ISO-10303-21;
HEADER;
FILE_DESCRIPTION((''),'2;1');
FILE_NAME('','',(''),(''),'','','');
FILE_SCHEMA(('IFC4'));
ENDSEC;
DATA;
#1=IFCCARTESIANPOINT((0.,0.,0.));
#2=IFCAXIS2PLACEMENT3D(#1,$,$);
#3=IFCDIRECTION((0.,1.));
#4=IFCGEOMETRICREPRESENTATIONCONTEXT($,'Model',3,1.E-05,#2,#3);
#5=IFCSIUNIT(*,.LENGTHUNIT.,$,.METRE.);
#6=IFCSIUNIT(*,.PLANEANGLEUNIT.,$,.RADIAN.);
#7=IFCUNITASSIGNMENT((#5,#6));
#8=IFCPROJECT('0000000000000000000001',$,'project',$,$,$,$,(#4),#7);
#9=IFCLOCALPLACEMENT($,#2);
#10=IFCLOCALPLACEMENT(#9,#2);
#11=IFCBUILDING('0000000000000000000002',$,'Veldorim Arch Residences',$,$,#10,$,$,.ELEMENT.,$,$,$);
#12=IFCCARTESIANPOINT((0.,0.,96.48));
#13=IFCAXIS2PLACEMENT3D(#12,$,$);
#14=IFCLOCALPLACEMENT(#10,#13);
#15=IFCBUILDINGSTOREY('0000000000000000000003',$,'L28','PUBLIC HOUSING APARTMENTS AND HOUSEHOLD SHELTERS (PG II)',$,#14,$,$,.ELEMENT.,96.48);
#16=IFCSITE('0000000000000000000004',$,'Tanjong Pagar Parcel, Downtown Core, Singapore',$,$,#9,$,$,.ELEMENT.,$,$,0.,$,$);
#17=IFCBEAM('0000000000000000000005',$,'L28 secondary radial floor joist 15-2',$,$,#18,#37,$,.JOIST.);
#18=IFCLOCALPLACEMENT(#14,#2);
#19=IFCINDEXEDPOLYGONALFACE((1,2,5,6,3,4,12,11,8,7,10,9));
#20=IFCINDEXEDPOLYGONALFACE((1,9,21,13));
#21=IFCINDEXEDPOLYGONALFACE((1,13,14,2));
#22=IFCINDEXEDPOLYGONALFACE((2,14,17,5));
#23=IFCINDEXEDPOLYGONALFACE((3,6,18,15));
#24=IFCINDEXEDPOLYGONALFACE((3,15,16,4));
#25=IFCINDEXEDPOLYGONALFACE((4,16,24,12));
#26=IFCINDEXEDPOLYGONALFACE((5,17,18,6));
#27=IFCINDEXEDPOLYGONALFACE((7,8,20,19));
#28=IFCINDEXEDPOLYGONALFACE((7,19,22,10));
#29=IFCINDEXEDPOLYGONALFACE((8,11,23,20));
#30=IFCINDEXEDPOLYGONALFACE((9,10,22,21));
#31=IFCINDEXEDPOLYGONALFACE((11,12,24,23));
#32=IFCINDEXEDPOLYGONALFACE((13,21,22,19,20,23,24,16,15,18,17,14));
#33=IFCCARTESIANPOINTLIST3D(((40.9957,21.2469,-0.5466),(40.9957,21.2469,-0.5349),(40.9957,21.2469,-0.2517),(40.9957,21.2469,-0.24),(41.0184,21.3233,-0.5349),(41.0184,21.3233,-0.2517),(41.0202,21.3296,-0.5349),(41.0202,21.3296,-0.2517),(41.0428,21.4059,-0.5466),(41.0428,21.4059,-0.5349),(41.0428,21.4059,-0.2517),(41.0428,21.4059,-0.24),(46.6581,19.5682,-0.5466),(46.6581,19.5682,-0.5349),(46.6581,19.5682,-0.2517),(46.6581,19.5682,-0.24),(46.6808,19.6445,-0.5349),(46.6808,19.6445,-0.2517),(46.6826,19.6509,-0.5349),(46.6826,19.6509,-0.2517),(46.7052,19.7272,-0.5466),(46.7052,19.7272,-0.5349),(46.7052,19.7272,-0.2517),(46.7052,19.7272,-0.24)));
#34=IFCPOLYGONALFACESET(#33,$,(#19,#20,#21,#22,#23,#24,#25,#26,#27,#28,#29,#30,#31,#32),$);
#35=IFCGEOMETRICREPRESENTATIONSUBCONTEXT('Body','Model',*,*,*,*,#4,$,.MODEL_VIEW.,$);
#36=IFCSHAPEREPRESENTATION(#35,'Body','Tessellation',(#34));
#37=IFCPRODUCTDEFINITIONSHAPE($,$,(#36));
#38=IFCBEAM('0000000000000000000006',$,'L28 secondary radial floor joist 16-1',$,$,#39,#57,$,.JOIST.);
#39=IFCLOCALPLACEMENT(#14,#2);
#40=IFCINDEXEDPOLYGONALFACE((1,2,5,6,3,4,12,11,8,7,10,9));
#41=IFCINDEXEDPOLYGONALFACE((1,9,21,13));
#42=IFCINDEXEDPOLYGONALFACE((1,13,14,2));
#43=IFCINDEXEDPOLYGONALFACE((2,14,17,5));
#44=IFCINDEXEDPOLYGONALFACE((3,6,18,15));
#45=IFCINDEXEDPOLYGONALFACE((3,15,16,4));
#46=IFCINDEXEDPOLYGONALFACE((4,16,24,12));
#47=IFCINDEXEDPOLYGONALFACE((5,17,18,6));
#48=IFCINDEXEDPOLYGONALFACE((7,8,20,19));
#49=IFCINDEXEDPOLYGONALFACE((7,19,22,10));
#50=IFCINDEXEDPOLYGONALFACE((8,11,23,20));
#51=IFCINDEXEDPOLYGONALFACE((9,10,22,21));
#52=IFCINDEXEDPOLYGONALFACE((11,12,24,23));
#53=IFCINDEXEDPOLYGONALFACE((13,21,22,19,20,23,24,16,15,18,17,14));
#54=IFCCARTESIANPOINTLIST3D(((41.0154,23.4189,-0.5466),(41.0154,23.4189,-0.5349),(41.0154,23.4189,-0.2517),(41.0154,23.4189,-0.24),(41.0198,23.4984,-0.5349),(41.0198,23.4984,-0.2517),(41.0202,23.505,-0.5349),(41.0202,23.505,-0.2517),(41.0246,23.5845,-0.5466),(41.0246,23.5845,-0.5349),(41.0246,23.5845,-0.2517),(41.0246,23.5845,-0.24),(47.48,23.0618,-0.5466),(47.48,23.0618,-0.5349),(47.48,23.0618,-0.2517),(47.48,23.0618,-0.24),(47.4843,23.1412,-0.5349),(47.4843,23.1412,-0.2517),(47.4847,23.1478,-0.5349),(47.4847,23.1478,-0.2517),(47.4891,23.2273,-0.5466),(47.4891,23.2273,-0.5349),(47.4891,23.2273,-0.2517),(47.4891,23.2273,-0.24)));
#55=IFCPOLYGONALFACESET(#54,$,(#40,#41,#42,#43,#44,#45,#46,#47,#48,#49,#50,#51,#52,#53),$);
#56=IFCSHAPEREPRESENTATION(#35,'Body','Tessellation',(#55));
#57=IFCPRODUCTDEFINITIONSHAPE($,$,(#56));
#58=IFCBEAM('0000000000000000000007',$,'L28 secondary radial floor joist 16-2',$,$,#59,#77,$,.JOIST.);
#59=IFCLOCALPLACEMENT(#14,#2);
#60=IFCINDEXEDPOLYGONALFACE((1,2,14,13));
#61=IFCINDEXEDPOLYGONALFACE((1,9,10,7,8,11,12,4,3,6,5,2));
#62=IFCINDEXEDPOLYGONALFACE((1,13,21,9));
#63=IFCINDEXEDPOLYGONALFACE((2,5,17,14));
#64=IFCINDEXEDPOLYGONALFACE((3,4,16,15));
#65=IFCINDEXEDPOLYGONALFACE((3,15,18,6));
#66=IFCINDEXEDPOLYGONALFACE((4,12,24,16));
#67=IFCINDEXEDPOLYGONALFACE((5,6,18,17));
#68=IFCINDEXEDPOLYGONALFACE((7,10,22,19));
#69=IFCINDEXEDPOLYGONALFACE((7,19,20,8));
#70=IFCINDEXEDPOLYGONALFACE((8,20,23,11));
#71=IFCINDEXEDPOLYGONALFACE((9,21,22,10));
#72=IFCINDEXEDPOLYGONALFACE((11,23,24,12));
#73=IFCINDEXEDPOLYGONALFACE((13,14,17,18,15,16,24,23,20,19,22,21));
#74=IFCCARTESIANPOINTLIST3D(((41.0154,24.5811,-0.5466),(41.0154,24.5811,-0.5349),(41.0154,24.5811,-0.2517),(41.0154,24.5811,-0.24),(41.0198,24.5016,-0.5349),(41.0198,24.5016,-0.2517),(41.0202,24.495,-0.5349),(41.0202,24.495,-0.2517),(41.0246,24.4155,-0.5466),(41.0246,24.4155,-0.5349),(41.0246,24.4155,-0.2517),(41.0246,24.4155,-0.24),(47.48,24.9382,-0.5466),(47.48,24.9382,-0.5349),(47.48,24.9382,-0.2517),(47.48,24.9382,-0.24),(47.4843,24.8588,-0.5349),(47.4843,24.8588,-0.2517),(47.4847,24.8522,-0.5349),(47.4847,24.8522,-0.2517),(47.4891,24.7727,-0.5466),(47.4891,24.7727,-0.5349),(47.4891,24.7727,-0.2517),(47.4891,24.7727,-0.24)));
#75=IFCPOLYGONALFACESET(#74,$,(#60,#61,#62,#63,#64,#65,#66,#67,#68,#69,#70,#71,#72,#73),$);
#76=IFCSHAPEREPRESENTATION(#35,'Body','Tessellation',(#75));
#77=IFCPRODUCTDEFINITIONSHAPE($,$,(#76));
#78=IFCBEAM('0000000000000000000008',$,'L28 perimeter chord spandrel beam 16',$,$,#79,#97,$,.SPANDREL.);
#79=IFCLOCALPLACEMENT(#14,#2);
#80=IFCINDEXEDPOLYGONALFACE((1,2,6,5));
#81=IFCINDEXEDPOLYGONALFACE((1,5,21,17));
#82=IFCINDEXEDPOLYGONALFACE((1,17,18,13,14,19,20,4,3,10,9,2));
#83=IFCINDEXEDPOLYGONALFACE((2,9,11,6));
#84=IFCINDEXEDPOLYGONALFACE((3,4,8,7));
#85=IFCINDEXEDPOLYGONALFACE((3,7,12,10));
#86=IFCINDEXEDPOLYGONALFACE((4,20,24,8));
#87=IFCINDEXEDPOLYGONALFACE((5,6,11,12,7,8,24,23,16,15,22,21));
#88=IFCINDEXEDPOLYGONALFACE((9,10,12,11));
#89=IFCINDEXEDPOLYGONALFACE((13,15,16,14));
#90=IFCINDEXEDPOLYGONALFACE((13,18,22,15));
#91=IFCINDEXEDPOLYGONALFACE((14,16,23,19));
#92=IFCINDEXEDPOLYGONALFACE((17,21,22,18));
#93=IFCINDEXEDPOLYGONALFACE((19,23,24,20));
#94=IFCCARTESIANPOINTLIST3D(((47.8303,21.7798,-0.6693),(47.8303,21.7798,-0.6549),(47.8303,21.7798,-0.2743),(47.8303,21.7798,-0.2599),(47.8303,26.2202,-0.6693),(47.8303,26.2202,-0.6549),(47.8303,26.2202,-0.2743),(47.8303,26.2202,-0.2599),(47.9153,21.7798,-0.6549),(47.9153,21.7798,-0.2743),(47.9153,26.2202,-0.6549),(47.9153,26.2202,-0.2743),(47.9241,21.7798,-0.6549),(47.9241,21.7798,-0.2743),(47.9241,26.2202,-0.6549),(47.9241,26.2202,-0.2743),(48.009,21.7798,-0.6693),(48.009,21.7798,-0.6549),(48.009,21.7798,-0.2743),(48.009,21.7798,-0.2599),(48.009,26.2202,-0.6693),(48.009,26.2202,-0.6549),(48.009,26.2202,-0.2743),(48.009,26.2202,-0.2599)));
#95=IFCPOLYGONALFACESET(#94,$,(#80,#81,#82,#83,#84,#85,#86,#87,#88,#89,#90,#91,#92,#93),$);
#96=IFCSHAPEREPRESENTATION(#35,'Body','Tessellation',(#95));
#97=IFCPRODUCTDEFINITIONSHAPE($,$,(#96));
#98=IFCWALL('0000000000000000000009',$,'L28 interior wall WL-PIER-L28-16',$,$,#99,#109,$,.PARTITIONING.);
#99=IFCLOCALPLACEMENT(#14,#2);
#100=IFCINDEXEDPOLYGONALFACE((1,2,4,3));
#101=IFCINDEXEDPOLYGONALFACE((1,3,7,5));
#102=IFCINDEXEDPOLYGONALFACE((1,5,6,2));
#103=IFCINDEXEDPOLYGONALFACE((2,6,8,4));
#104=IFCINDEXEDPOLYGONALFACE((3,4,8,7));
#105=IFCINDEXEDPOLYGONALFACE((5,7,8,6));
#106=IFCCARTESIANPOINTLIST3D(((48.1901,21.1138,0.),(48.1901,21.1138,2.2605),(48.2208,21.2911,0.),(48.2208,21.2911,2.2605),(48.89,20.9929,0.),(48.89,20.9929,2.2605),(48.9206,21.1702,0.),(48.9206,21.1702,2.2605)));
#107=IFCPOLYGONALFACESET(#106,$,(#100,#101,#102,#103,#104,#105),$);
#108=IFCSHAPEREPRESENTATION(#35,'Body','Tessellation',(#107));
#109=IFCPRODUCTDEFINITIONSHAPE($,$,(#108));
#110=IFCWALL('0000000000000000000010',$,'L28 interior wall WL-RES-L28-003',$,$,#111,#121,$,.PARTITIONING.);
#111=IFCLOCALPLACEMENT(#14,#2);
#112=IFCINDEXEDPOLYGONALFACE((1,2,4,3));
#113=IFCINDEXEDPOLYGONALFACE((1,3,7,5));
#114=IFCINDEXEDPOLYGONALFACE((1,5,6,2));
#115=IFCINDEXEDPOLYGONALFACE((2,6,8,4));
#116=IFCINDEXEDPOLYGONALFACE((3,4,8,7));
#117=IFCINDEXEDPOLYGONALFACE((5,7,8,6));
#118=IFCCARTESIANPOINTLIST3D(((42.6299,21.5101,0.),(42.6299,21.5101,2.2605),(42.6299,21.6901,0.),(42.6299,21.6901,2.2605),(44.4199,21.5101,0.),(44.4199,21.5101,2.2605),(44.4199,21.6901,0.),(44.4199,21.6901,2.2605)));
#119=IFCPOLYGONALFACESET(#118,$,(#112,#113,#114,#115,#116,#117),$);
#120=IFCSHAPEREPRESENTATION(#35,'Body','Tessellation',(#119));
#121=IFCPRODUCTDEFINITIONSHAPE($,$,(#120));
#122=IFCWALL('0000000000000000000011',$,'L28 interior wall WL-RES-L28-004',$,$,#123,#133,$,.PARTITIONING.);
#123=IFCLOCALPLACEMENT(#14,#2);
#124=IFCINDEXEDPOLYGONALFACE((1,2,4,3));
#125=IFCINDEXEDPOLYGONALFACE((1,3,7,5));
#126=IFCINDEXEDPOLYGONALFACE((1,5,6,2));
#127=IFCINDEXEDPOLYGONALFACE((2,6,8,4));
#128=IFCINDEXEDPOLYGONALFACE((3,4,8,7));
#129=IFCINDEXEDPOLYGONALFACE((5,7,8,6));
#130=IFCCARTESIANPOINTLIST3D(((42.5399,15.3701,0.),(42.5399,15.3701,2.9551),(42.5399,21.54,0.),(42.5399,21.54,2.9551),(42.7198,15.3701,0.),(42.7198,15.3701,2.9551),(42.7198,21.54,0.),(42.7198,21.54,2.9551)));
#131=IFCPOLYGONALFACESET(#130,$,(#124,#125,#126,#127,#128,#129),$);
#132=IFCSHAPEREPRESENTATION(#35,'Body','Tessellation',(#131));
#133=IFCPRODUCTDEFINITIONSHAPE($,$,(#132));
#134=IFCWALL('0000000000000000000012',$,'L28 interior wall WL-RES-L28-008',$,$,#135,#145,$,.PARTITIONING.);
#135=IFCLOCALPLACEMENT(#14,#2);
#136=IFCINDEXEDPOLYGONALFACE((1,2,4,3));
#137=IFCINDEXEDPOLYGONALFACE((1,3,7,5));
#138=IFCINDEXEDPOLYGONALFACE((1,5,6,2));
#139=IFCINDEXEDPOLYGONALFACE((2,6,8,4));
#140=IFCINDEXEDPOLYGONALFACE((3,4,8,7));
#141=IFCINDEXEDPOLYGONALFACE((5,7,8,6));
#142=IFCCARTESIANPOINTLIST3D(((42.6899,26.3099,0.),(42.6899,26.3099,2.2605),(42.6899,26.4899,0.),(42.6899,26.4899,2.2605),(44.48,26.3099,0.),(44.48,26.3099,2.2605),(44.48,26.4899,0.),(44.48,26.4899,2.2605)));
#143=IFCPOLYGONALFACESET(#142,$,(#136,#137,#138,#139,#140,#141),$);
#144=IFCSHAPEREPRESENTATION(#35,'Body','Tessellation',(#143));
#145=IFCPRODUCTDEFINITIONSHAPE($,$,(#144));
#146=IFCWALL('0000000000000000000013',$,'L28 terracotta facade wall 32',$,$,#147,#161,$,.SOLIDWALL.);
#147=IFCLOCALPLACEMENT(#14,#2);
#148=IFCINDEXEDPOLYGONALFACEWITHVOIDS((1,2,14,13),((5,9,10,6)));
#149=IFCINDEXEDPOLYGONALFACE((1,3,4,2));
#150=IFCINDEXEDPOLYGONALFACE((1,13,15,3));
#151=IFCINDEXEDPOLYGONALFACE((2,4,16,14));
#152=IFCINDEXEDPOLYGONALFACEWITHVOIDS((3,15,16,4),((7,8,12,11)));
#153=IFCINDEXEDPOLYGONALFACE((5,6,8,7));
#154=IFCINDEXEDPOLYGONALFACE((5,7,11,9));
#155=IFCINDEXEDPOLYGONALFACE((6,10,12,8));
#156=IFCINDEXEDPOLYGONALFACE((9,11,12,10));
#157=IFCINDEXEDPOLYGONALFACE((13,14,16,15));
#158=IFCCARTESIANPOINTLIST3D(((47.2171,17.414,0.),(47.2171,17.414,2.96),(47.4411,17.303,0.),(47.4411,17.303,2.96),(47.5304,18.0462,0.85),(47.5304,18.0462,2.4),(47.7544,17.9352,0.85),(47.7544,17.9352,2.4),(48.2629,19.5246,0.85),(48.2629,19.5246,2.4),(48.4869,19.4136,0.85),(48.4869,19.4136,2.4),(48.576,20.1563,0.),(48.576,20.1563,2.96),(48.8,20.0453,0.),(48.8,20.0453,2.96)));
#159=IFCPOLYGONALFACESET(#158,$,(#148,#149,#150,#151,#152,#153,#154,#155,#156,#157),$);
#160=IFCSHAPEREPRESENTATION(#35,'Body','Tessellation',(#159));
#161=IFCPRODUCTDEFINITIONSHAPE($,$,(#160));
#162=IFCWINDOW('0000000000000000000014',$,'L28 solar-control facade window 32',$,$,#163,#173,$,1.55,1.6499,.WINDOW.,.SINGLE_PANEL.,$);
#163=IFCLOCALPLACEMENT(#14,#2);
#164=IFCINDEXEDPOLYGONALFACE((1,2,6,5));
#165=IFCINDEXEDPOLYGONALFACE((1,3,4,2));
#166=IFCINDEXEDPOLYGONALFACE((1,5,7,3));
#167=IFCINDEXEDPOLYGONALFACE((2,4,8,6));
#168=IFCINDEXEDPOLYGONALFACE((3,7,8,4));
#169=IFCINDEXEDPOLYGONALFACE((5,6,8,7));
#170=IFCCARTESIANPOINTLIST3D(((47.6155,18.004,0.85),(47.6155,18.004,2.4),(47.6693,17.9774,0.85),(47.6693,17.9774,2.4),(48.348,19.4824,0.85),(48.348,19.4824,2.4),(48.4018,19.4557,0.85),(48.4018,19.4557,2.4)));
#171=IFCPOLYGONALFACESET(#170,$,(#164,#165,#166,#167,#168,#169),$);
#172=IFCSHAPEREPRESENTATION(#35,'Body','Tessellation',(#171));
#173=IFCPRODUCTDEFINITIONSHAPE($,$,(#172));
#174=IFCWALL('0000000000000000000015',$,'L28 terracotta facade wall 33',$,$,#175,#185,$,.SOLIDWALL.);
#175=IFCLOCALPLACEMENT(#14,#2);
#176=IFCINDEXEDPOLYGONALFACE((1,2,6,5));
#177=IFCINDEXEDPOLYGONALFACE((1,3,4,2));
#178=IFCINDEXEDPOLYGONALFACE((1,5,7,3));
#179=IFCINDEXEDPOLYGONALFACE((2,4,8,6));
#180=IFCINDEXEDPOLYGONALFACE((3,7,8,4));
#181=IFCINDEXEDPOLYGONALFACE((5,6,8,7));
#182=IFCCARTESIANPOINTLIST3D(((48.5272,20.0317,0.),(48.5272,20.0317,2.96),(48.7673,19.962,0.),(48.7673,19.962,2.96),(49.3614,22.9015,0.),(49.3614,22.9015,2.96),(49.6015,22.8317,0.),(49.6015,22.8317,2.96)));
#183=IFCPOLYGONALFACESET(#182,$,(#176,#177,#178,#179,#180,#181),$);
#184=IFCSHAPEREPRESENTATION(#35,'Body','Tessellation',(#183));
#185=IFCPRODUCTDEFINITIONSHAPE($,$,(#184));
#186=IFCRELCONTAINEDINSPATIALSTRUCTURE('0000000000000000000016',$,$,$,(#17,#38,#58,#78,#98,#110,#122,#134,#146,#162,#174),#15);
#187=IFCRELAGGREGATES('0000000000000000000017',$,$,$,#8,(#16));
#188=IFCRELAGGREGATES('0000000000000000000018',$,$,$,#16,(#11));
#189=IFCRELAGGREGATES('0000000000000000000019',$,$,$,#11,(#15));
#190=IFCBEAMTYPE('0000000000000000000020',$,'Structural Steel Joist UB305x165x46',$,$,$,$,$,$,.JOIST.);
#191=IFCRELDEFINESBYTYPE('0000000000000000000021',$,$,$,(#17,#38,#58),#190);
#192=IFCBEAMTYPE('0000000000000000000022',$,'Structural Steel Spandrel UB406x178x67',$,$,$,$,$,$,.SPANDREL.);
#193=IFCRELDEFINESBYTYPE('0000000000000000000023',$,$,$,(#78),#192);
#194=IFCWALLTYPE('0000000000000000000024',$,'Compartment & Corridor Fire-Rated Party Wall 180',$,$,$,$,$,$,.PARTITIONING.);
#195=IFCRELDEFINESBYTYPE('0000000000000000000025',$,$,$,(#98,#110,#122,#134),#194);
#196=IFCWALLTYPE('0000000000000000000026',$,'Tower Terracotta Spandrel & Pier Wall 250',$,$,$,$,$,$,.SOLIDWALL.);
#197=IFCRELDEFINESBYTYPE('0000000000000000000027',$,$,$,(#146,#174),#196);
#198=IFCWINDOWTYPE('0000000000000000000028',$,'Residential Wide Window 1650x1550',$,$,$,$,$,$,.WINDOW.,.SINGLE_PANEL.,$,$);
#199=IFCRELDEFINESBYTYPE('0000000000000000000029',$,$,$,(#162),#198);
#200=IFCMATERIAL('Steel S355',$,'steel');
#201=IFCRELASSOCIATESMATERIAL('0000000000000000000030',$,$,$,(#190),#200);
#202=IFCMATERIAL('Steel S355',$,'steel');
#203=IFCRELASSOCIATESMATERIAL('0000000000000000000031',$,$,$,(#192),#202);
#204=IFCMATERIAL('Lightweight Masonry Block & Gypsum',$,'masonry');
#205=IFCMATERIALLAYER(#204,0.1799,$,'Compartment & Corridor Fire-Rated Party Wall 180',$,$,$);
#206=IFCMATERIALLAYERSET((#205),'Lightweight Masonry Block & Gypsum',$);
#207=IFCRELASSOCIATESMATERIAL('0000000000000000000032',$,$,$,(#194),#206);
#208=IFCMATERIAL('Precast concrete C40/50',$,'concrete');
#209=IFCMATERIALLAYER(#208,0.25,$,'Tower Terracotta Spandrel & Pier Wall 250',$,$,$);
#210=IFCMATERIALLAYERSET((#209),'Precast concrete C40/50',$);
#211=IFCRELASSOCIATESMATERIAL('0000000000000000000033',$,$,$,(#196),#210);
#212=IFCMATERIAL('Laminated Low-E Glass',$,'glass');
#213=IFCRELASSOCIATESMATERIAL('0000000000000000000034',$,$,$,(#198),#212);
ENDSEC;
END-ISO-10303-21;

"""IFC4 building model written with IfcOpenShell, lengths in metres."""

from ifc_helpers import new_model, si_unit, direction, frame, frame_2d, origin, origin_2d, place, context, subcontext, project, spatial, rectangle, i_section, extrude, material, layer, layer_set, material_profile, profile_set, type_object, element, fill, save


model = new_model("IFC4")

# Units and contexts
model_context = context("Model", 3, precision=1e-05, world=origin(), true_north=direction((0.0, 1.0)))
body_context = subcontext(model_context, "Body", "Model", "MODEL_VIEW")
ifc_project = project(units=[si_unit("LENGTHUNIT", "METRE"), si_unit("PLANEANGLEUNIT", "RADIAN")], contexts=[model_context])

# Site, building, storey
site_placement = place(None, origin())
site = spatial("IfcSite", under=ifc_project, at=site_placement, Name="Tanjong Pagar Parcel, Downtown Core, Singapore", CompositionType="ELEMENT", RefElevation=0.0)
building_placement = place(site_placement, origin())
building = spatial("IfcBuilding", under=site, at=building_placement, Name="Veldorim Arch Residences", CompositionType="ELEMENT")
storey_placement = place(building_placement, frame((0.0, 0.0, 96.48)))
storey = spatial("IfcBuildingStorey", under=building, at=storey_placement, Name="L28", Description="PUBLIC HOUSING APARTMENTS AND HOUSEHOLD SHELTERS (PG II)", CompositionType="ELEMENT", Elevation=96.48)

# Beams
ifc_material_1 = material(Name="Steel S355", Category="steel")
ifc_material_profile_1 = material_profile(ifc_material_1, i_section(OverallWidth=0.1658, OverallDepth=0.3066, WebThickness=0.0066, FlangeThickness=0.0117, at=origin_2d()), Name="UB305x165x46")
ifc_profile_set_1 = profile_set([ifc_material_profile_1], Name="Steel S355")
beam_type_1 = type_object("IfcBeamType", Name="Structural Steel Joist UB305x165x46", PredefinedType="JOIST", material=ifc_profile_set_1)
beam_1_placement = place(storey_placement, frame((41.0193, 21.3264, -0.3933), z_axis=(0.958753, -0.28424, 0.0), x_axis=(0.28424, 0.958753, 0.0)))
element("IfcBeam", 1, at=beam_1_placement, inside=storey, type_object=beam_type_1, Name="L28 secondary radial floor joist 15-2", PredefinedType="JOIST", context=body_context, shape_type="SweptSolid", body=[
    extrude(i_section(OverallWidth=0.1658, OverallDepth=0.3066, WebThickness=0.0066, FlangeThickness=0.0117, at=origin_2d()), origin(), (0.0, 0.0, 1.0), 5.906),
])
for number, where, z_axis, x_axis, name in (
    (2, (41.02, 23.5017, -0.3933), (0.998477, -0.055167, 0.0), (0.055167, 0.998477, 0.0), "L28 secondary radial floor joist 16-1"),
    (3, (41.02, 24.4983, -0.3933), (0.998477, 0.055167, 0.0), (-0.055167, 0.998477, 0.0), "L28 secondary radial floor joist 16-2"),
):
    element("IfcBeam", number, at=place(storey_placement, frame(where, z_axis=z_axis, x_axis=x_axis)), inside=storey, type_object=beam_type_1, Name=name, PredefinedType="JOIST", context=body_context, shape_type="SweptSolid", body=[
        extrude(i_section(OverallWidth=0.1658, OverallDepth=0.3066, WebThickness=0.0066, FlangeThickness=0.0117, at=origin_2d()), origin(), (0.0, 0.0, 1.0), 6.4744),
    ])
ifc_material_2 = material(Name="Steel S355", Category="steel")
ifc_material_profile_2 = material_profile(ifc_material_2, i_section(OverallWidth=0.1787, OverallDepth=0.4094, WebThickness=0.0088, FlangeThickness=0.0144, at=origin_2d()), Name="UB406x178x67")
ifc_profile_set_2 = profile_set([ifc_material_profile_2], Name="Steel S355")
beam_type_2 = type_object("IfcBeamType", Name="Structural Steel Spandrel UB406x178x67", PredefinedType="SPANDREL", material=ifc_profile_set_2)
beam_2_placement = place(storey_placement, frame((47.9197, 21.7798, -0.4646), z_axis=(0.0, 1.0, 0.0), x_axis=(-1.0, 0.0, 0.0)))
element("IfcBeam", 4, at=beam_2_placement, inside=storey, type_object=beam_type_2, Name="L28 perimeter chord spandrel beam 16", PredefinedType="SPANDREL", context=body_context, shape_type="SweptSolid", body=[
    extrude(i_section(OverallWidth=0.1787, OverallDepth=0.4094, WebThickness=0.0088, FlangeThickness=0.0144, at=origin_2d()), origin(), (0.0, 0.0, 1.0), 4.4404),
])

# Wall
ifc_material_3 = material(Name="Lightweight Masonry Block & Gypsum", Category="masonry")
ifc_layer_1 = layer(ifc_material_3, 0.1799, Name="Compartment & Corridor Fire-Rated Party Wall 180")
ifc_layer_set_1 = layer_set([ifc_layer_1], Name="Lightweight Masonry Block & Gypsum")
wall_type_1 = type_object("IfcWallType", Name="Compartment & Corridor Fire-Rated Party Wall 180", PredefinedType="PARTITIONING", material=ifc_layer_set_1)
wall_1_placement = place(storey_placement, frame((48.2056, 21.2024, 0.0), z_axis=(0.0, 0.0, 1.0), x_axis=(0.98542, -0.170137, 0.0)))
element("IfcWall", 5, at=wall_1_placement, inside=storey, type_object=wall_type_1, Name="L28 interior wall WL-PIER-L28-16", PredefinedType="PARTITIONING", context=body_context, shape_type="SweptSolid", body=[
    extrude(rectangle(XDim=0.7102, YDim=0.1799, at=frame_2d((0.355, 0.0))), origin(), (0.0, 0.0, 1.0), 2.2605),
])

# Walls
wall_2_placement = place(storey_placement, frame((44.4199, 21.6001, 0.0), z_axis=(0.0, 0.0, 1.0), x_axis=(-1.0, 0.0, 0.0)))
element("IfcWall", 6, at=wall_2_placement, inside=storey, type_object=wall_type_1, Name="L28 interior wall WL-RES-L28-003", PredefinedType="PARTITIONING", context=body_context, shape_type="SweptSolid", body=[
    extrude(rectangle(XDim=1.79, YDim=0.1799, at=frame_2d((0.895, 0.0))), origin(), (0.0, 0.0, 1.0), 2.2605),
])
wall_3_placement = place(storey_placement, frame((42.6299, 21.54, 0.0), z_axis=(0.0, 0.0, 1.0), x_axis=(0.0, -1.0, 0.0)))
element("IfcWall", 7, at=wall_3_placement, inside=storey, type_object=wall_type_1, Name="L28 interior wall WL-RES-L28-004", PredefinedType="PARTITIONING", context=body_context, shape_type="SweptSolid", body=[
    extrude(rectangle(XDim=6.1699, YDim=0.1799, at=frame_2d((3.085, 0.0))), origin(), (0.0, 0.0, 1.0), 2.9551),
])
wall_4_placement = place(storey_placement, frame((42.6899, 26.3999, 0.0), z_axis=(0.0, 0.0, 1.0), x_axis=(1.0, 0.0, 0.0)))
element("IfcWall", 8, at=wall_4_placement, inside=storey, type_object=wall_type_1, Name="L28 interior wall WL-RES-L28-008", PredefinedType="PARTITIONING", context=body_context, shape_type="SweptSolid", body=[
    extrude(rectangle(XDim=1.79, YDim=0.1799, at=frame_2d((0.895, 0.0))), origin(), (0.0, 0.0, 1.0), 2.2605),
])

# Wall, opening, window
ifc_material_4 = material(Name="Precast concrete C40/50", Category="concrete")
ifc_layer_2 = layer(ifc_material_4, 0.25, Name="Tower Terracotta Spandrel & Pier Wall 250")
ifc_layer_set_2 = layer_set([ifc_layer_2], Name="Precast concrete C40/50")
wall_type_2 = type_object("IfcWallType", Name="Tower Terracotta Spandrel & Pier Wall 250", PredefinedType="SOLIDWALL", material=ifc_layer_set_2)
wall_5_placement = place(storey_placement, frame((48.688, 20.1008, 0.0), z_axis=(0.0, 0.0, 1.0), x_axis=(-0.443988, -0.896033, 0.0)))
wall_5 = element("IfcWall", 9, at=wall_5_placement, inside=storey, type_object=wall_type_2, Name="L28 terracotta facade wall 32", PredefinedType="SOLIDWALL", context=body_context, shape_type="SweptSolid", body=[
    extrude(rectangle(XDim=3.0605, YDim=0.25, at=frame_2d((1.5303, 0.0))), origin(), (0.0, 0.0, 1.0), 2.96),
])
opening_1_placement = place(wall_5_placement, frame((0.7051, 0.0, 0.8501)))
opening_1 = element("IfcOpeningElement", 10, at=opening_1_placement, cuts=wall_5, PredefinedType="OPENING", context=body_context, shape_type="SweptSolid", body=[
    extrude(rectangle(XDim=1.6499, YDim=1.55, at=frame_2d((0.825, 0.7749))), frame((0.0, 0.135, 0.0), z_axis=(0.0, -1.0, 0.0), x_axis=(1.0, 0.0, 0.0)), (0.0, 0.0, 1.0), 0.27),
])
ifc_material_5 = material(Name="Laminated Low-E Glass", Category="glass")
window_type_1 = type_object("IfcWindowType", Name="Residential Wide Window 1650x1550", PartitioningType="SINGLE_PANEL", PredefinedType="WINDOW", material=ifc_material_5)
window_1_placement = place(opening_1_placement, origin())
window_1 = element("IfcWindow", 11, at=window_1_placement, inside=storey, type_object=window_type_1, Name="L28 solar-control facade window 32", OverallHeight=1.55, OverallWidth=1.6499, PartitioningType="SINGLE_PANEL", PredefinedType="WINDOW", context=body_context, shape_type="SweptSolid", body=[
    extrude(rectangle(XDim=1.6499, YDim=1.55, at=frame_2d((0.825, 0.7749))), frame((0.0, 0.03, 0.0), z_axis=(0.0, -1.0, 0.0), x_axis=(1.0, 0.0, 0.0)), (0.0, 0.0, 1.0), 0.0601),
])
fill(opening_1, window_1)

# Wall
wall_6_placement = place(storey_placement, frame((49.4814, 22.8665, 0.0), z_axis=(0.0, 0.0, 1.0), x_axis=(-0.279153, -0.960247, 0.0)))
element("IfcWall", 12, at=wall_6_placement, inside=storey, type_object=wall_type_2, Name="L28 terracotta facade wall 33", PredefinedType="SOLIDWALL", context=body_context, shape_type="SweptSolid", body=[
    extrude(rectangle(XDim=2.9885, YDim=0.25, at=frame_2d((1.4941, 0.0))), origin(), (0.0, 0.0, 1.0), 2.96),
])

save(model, "model.ifc")
